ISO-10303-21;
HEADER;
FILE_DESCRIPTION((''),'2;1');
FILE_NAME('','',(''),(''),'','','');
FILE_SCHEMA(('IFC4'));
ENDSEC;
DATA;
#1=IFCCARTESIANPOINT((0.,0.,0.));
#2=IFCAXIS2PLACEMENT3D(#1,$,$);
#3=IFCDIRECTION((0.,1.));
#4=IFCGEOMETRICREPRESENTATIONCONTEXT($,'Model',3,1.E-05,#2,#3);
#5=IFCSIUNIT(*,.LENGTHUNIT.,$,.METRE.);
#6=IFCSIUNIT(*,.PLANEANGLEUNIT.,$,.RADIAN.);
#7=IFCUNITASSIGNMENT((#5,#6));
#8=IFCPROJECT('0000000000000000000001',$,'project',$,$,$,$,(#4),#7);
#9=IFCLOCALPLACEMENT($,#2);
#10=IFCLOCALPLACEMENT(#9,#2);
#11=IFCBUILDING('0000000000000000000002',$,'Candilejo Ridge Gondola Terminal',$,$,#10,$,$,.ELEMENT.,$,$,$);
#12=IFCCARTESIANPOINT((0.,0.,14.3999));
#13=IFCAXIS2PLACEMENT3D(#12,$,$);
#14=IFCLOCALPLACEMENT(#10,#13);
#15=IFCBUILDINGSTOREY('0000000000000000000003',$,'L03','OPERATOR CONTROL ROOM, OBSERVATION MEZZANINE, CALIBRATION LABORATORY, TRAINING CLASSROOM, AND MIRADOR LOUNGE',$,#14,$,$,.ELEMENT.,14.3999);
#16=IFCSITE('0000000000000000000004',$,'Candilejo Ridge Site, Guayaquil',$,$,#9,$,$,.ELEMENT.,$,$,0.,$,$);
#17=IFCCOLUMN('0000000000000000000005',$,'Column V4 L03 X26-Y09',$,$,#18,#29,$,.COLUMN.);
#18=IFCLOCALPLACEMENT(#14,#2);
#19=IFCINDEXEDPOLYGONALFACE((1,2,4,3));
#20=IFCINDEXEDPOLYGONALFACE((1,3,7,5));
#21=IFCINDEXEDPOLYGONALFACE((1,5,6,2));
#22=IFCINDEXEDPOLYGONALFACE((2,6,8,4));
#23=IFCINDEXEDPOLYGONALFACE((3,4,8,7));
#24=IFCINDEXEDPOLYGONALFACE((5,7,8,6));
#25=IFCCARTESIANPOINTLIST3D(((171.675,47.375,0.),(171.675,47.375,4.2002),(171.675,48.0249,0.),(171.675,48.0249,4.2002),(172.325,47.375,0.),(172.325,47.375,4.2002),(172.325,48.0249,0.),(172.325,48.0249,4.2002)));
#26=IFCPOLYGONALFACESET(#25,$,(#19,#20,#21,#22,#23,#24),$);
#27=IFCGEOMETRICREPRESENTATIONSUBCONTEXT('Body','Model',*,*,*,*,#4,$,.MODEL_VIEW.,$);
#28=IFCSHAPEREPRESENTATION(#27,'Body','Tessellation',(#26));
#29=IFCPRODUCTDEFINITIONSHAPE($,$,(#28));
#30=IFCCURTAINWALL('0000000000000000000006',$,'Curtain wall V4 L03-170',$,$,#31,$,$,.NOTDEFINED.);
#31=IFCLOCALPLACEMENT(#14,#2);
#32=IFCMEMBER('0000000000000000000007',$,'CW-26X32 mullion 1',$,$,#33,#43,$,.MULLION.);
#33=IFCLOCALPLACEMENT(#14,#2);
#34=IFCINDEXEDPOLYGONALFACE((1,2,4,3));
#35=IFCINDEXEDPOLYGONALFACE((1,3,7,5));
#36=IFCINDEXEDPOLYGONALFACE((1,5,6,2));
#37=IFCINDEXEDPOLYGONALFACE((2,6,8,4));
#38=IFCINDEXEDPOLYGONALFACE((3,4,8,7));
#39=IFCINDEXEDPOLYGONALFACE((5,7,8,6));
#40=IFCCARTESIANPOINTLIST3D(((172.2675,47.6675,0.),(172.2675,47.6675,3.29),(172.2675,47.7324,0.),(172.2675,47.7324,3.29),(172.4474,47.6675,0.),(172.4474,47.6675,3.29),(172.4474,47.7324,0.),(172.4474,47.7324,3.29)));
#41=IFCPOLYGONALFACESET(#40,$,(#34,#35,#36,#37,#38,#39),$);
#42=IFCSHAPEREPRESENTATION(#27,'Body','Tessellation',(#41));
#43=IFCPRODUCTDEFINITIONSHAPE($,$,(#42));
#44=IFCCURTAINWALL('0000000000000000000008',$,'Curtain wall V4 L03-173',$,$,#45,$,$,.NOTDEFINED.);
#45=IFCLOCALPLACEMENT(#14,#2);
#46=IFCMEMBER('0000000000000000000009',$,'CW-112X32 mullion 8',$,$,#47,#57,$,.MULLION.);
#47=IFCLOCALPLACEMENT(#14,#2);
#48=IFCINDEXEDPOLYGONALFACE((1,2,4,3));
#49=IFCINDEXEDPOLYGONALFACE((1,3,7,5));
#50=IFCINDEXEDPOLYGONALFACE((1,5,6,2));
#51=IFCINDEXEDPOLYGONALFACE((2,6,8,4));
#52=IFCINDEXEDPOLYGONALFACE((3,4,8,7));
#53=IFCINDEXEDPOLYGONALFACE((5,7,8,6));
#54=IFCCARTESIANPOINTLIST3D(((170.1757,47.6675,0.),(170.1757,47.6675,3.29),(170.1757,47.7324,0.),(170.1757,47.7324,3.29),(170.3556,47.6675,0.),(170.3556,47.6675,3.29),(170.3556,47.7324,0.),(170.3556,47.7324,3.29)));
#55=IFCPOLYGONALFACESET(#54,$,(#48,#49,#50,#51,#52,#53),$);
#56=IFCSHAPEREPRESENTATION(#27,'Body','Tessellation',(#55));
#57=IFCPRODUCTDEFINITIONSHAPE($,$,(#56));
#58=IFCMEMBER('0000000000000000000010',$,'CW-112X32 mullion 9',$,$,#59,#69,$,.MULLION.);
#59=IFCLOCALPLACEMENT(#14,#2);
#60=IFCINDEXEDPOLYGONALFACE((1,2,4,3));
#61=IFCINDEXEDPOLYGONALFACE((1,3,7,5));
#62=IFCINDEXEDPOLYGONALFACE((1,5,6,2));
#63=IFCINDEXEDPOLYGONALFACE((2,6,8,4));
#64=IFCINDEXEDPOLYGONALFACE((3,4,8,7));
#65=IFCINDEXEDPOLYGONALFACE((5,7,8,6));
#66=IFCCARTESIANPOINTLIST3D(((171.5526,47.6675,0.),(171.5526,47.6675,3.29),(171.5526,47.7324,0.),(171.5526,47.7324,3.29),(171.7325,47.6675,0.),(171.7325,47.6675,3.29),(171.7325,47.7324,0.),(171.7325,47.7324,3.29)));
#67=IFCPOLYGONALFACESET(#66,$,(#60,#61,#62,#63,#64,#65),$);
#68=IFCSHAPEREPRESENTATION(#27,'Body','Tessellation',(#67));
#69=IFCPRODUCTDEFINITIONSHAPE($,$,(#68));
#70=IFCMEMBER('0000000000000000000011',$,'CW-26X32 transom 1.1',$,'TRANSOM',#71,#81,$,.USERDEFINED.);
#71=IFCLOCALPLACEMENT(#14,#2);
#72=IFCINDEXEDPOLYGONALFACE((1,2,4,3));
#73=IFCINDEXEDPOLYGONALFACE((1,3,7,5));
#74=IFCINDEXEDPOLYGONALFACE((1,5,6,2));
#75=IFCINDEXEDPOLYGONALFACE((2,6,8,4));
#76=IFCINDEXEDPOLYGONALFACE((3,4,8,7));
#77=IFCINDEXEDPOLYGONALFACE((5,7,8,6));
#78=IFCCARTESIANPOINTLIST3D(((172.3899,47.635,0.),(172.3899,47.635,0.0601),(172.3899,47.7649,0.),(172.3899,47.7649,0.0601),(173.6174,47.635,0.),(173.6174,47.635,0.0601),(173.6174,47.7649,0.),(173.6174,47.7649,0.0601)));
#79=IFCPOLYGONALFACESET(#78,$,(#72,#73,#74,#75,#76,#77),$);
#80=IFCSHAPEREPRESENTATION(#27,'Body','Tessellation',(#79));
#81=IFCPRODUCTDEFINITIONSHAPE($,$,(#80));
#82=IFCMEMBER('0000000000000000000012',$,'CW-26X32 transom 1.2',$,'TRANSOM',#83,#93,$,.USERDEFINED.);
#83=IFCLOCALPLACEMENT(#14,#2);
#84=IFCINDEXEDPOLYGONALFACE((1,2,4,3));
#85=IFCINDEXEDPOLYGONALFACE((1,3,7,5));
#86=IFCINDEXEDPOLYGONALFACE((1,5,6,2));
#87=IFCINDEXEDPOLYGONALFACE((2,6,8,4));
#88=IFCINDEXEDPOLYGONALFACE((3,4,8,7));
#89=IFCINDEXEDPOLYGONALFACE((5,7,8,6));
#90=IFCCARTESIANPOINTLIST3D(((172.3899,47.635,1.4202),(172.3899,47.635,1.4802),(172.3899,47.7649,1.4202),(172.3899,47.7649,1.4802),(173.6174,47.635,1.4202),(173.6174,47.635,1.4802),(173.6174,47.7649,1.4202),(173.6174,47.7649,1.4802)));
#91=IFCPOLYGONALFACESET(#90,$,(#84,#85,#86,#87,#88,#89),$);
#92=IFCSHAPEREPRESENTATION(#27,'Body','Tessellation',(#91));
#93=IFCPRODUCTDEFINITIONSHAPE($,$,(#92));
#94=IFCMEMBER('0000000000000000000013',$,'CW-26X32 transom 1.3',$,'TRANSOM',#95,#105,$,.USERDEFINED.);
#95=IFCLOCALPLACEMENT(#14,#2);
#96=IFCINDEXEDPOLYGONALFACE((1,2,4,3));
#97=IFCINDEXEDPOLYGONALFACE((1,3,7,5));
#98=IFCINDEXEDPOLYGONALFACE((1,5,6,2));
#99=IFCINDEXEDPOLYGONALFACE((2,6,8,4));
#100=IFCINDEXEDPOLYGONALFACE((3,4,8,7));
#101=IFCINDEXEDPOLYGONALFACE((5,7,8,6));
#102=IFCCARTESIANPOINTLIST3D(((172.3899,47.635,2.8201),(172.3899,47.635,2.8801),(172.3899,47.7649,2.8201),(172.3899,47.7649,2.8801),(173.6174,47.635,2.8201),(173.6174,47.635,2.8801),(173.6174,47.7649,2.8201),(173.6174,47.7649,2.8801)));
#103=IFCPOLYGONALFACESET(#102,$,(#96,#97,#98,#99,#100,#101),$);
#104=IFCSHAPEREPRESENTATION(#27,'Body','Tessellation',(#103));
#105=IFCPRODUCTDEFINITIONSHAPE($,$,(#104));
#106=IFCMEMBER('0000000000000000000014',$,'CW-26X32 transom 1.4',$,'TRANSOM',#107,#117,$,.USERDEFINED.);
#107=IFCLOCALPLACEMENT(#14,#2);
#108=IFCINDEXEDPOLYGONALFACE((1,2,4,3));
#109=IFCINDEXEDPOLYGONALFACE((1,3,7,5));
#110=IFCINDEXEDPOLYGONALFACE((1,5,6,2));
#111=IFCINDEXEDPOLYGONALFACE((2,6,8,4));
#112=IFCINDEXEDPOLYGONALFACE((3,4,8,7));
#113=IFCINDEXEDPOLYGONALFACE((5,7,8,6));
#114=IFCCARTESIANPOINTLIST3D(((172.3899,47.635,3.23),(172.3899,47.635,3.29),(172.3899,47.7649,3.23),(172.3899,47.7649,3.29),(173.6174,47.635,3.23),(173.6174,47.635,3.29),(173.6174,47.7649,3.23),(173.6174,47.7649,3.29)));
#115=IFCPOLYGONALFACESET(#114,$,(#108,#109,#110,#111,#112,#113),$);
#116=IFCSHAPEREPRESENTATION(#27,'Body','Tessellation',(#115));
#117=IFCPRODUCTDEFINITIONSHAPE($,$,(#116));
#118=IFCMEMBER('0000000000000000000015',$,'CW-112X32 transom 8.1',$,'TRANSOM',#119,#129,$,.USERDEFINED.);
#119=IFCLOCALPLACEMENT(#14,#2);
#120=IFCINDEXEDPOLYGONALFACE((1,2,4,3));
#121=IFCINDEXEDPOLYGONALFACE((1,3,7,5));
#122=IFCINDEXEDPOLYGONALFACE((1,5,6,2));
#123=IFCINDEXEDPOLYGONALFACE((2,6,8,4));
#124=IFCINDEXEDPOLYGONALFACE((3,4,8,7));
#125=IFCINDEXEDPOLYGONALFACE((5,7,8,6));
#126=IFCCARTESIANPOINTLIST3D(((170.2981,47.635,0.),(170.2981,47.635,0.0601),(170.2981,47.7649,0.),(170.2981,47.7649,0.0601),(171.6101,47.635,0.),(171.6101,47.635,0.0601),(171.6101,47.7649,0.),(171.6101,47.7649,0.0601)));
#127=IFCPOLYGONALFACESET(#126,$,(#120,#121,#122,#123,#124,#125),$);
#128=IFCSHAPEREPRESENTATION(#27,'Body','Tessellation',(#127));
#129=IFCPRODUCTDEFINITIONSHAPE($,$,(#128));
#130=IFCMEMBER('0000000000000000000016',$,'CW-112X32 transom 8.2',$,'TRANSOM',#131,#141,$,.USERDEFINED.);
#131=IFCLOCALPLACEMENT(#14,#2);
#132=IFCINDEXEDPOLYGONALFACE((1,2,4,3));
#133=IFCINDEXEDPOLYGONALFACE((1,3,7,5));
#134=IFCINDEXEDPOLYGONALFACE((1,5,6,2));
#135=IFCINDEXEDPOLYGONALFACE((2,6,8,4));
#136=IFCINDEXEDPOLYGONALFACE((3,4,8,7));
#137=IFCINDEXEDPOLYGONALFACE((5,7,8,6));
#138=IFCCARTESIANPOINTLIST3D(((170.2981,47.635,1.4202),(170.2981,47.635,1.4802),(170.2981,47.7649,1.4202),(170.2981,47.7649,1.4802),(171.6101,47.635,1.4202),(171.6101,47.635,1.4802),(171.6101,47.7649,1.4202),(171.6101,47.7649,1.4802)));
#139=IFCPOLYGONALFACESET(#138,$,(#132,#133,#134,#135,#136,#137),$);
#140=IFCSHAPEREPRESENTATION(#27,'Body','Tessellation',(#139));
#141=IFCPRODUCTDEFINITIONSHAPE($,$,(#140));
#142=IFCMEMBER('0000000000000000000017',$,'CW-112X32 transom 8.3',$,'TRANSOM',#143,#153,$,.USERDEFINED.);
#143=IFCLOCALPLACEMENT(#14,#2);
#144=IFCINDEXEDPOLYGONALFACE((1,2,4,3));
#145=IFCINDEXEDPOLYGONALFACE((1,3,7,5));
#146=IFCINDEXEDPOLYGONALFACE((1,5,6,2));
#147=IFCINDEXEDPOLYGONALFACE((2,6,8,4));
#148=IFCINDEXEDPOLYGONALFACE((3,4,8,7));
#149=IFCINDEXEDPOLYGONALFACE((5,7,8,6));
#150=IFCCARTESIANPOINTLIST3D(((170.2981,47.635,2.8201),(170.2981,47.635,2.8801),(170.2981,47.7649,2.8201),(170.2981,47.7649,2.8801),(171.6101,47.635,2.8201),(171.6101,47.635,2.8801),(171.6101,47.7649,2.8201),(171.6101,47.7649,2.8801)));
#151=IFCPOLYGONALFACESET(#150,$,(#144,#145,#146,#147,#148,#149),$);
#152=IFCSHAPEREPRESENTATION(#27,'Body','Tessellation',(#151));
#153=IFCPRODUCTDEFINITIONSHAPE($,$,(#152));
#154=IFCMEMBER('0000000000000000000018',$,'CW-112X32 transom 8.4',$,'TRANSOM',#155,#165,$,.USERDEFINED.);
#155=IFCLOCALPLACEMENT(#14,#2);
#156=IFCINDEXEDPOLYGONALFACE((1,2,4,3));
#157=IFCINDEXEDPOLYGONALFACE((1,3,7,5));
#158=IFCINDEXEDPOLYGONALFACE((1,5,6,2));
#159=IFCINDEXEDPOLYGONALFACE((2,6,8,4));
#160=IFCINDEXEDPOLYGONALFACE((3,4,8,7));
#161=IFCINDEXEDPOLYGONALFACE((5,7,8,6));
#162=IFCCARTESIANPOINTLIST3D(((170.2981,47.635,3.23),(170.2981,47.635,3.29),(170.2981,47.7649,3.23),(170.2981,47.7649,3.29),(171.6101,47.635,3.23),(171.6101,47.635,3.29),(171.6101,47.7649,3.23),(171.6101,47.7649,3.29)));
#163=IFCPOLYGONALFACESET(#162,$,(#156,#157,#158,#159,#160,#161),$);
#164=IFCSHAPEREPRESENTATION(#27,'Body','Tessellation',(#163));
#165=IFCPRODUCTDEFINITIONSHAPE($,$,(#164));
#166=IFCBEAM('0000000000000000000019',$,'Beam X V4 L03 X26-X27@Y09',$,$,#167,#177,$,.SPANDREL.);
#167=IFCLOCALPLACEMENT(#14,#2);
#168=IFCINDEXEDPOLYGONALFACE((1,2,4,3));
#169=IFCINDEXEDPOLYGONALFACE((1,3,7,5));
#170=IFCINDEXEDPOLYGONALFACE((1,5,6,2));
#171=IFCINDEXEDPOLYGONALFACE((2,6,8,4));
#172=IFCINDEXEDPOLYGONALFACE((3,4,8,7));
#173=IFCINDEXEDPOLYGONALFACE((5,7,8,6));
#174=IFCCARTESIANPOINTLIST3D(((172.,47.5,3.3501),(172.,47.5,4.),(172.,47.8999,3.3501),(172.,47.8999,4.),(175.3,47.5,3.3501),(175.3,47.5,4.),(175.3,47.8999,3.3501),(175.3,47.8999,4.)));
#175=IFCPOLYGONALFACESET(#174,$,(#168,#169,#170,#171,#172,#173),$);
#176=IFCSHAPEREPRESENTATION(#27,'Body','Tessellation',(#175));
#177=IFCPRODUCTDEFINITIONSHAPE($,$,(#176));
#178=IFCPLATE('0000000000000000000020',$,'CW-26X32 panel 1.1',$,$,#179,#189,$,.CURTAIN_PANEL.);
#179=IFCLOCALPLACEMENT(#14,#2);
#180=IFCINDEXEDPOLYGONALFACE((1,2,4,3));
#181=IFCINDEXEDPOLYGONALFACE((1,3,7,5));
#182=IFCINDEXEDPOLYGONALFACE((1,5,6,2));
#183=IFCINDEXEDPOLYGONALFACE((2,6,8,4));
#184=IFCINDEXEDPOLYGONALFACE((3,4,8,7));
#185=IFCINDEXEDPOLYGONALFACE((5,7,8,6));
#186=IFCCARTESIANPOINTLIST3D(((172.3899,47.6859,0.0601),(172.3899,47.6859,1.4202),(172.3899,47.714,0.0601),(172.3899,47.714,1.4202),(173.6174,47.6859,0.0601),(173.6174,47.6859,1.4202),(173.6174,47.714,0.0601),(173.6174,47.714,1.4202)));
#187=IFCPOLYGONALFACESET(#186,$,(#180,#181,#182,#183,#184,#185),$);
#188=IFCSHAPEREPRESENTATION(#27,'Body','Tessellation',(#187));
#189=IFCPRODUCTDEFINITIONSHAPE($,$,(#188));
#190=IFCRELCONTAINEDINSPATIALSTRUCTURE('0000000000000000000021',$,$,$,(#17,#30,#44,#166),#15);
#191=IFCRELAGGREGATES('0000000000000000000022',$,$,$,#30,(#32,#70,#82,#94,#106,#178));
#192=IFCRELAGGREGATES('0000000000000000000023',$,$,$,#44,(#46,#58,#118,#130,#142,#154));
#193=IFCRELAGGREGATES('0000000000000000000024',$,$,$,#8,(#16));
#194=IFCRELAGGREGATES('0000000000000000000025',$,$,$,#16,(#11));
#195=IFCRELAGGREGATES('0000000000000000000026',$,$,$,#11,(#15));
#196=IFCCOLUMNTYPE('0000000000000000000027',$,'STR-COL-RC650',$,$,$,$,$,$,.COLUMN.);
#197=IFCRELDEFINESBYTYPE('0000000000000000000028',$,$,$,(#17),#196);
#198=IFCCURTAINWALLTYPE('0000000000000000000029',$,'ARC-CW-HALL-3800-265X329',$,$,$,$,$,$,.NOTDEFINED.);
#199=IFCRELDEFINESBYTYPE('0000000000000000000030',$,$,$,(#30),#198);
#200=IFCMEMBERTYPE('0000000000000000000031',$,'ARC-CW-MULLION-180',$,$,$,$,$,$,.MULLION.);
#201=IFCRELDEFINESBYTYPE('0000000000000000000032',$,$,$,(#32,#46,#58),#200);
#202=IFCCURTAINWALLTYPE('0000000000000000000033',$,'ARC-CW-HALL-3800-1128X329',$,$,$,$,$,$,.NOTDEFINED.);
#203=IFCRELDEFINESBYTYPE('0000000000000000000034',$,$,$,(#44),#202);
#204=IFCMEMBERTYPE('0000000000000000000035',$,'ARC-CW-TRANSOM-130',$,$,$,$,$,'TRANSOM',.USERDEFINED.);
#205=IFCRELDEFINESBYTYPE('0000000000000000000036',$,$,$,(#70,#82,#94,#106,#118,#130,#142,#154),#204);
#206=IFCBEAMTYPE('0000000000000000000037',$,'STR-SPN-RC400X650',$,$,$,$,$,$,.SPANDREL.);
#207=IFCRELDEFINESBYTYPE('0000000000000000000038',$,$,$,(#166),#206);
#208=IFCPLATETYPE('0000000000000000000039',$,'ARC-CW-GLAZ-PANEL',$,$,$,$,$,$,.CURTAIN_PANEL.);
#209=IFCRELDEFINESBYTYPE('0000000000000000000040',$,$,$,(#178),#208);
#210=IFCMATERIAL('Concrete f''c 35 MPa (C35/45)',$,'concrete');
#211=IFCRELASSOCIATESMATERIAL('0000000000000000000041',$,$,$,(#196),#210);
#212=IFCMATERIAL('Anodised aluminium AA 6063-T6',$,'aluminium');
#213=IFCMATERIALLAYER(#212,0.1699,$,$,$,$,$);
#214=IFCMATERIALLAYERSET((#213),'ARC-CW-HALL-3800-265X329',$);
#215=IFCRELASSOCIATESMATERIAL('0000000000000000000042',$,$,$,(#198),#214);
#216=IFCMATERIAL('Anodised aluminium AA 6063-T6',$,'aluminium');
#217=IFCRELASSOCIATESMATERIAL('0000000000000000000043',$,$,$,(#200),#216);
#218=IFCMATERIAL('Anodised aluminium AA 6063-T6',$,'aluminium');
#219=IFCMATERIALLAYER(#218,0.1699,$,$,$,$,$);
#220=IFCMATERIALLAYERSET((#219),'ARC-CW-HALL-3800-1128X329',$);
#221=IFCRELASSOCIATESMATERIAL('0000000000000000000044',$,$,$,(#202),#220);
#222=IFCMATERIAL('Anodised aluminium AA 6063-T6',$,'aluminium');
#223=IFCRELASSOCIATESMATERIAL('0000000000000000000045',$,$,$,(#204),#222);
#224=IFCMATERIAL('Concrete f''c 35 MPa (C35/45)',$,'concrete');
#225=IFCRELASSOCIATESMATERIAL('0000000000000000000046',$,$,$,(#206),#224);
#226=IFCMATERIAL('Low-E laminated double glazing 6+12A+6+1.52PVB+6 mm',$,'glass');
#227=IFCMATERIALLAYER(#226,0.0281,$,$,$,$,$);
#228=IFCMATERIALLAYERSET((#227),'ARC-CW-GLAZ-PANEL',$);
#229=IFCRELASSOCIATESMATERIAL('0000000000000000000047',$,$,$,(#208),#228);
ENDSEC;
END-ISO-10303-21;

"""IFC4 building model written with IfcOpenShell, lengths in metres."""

from ifc_helpers import new_model, si_unit, direction, frame, origin, origin_2d, place, context, subcontext, project, spatial, rectangle, extrude, material, layer, layer_set, material_profile, profile_set, type_object, element, aggregate, save


model = new_model("IFC4")

# Units and contexts
model_context = context("Model", 3, precision=1e-05, world=origin(), true_north=direction((0.0, 1.0)))
body_context = subcontext(model_context, "Body", "Model", "MODEL_VIEW")
ifc_project = project(units=[si_unit("LENGTHUNIT", "METRE"), si_unit("PLANEANGLEUNIT", "RADIAN")], contexts=[model_context])

# Site, building, storey
site_placement = place(None, origin())
site = spatial("IfcSite", under=ifc_project, at=site_placement, Name="Candilejo Ridge Site, Guayaquil", CompositionType="ELEMENT", RefElevation=0.0)
building_placement = place(site_placement, origin())
building = spatial("IfcBuilding", under=site, at=building_placement, Name="Candilejo Ridge Gondola Terminal", CompositionType="ELEMENT")
storey_placement = place(building_placement, frame((0.0, 0.0, 14.3999)))
storey = spatial("IfcBuildingStorey", under=building, at=storey_placement, Name="L03", Description="OPERATOR CONTROL ROOM, OBSERVATION MEZZANINE, CALIBRATION LABORATORY, TRAINING CLASSROOM, AND MIRADOR LOUNGE", CompositionType="ELEMENT", Elevation=14.3999)

# Column
ifc_material_1 = material(Name="Concrete f'c 35 MPa (C35/45)", Category="concrete")
ifc_material_profile_1 = material_profile(ifc_material_1, rectangle(XDim=0.6499, YDim=0.6499, at=origin_2d()))
ifc_profile_set_1 = profile_set([ifc_material_profile_1], Name="Concrete f'c 35 MPa (C35/45)")
column_type = type_object("IfcColumnType", Name="STR-COL-RC650", PredefinedType="COLUMN", material=ifc_profile_set_1)
column_placement = place(storey_placement, frame((172.0, 47.7, 0.0), z_axis=(0.0, 0.0, 1.0), x_axis=(1.0, 0.0, 0.0)))
element("IfcColumn", 1, at=column_placement, inside=storey, type_object=column_type, Name="Column V4 L03 X26-Y09", PredefinedType="COLUMN", context=body_context, shape_type="SweptSolid", body=[
    extrude(rectangle(XDim=0.6499, YDim=0.6499, at=origin_2d()), origin(), (0.0, 0.0, 1.0), 4.2002),
])

# Curtain wall, member
ifc_material_2 = material(Name="Anodised aluminium AA 6063-T6", Category="aluminium")
ifc_layer_1 = layer(ifc_material_2, 0.1699)
ifc_layer_set_1 = layer_set([ifc_layer_1], Name="ARC-CW-HALL-3800-265X329")
curtain_wall_type_1 = type_object("IfcCurtainWallType", Name="ARC-CW-HALL-3800-265X329", PredefinedType="NOTDEFINED", material=ifc_layer_set_1)
curtain_wall_1_placement = place(storey_placement, origin())
curtain_wall_1 = element("IfcCurtainWall", 2, at=curtain_wall_1_placement, inside=storey, type_object=curtain_wall_type_1, Name="Curtain wall V4 L03-170", PredefinedType="NOTDEFINED")
ifc_material_3 = material(Name="Anodised aluminium AA 6063-T6", Category="aluminium")
ifc_material_profile_2 = material_profile(ifc_material_3, rectangle(XDim=0.0649, YDim=0.1799, at=origin_2d()))
ifc_profile_set_2 = profile_set([ifc_material_profile_2], Name="Anodised aluminium AA 6063-T6")
member_type_1 = type_object("IfcMemberType", Name="ARC-CW-MULLION-180", PredefinedType="MULLION", material=ifc_profile_set_2)
member_1_placement = place(storey_placement, frame((172.3574, 47.7, 0.0), z_axis=(0.0, 0.0, 1.0), x_axis=(0.0, 1.0, 0.0)))
member_1 = element("IfcMember", 3, at=member_1_placement, type_object=member_type_1, Name="CW-26X32 mullion 1", PredefinedType="MULLION", context=body_context, shape_type="SweptSolid", body=[
    extrude(rectangle(XDim=0.0649, YDim=0.1799, at=origin_2d()), origin(), (0.0, 0.0, 1.0), 3.29),
])

# Curtain wall, members
ifc_material_4 = material(Name="Anodised aluminium AA 6063-T6", Category="aluminium")
ifc_layer_2 = layer(ifc_material_4, 0.1699)
ifc_layer_set_2 = layer_set([ifc_layer_2], Name="ARC-CW-HALL-3800-1128X329")
curtain_wall_type_2 = type_object("IfcCurtainWallType", Name="ARC-CW-HALL-3800-1128X329", PredefinedType="NOTDEFINED", material=ifc_layer_set_2)
curtain_wall_2_placement = place(storey_placement, origin())
curtain_wall_2 = element("IfcCurtainWall", 4, at=curtain_wall_2_placement, inside=storey, type_object=curtain_wall_type_2, Name="Curtain wall V4 L03-173", PredefinedType="NOTDEFINED")
member_2_placement = place(storey_placement, frame((170.2656, 47.7, 0.0), z_axis=(0.0, 0.0, 1.0), x_axis=(0.0, 1.0, 0.0)))
member_2 = element("IfcMember", 5, at=member_2_placement, type_object=member_type_1, Name="CW-112X32 mullion 8", PredefinedType="MULLION", context=body_context, shape_type="SweptSolid", body=[
    extrude(rectangle(XDim=0.0649, YDim=0.1799, at=origin_2d()), origin(), (0.0, 0.0, 1.0), 3.29),
])
member_3_placement = place(storey_placement, frame((171.6426, 47.7, 0.0), z_axis=(0.0, 0.0, 1.0), x_axis=(0.0, 1.0, 0.0)))
member_3 = element("IfcMember", 6, at=member_3_placement, type_object=member_type_1, Name="CW-112X32 mullion 9", PredefinedType="MULLION", context=body_context, shape_type="SweptSolid", body=[
    extrude(rectangle(XDim=0.0649, YDim=0.1799, at=origin_2d()), origin(), (0.0, 0.0, 1.0), 3.29),
])

# Members
ifc_material_5 = material(Name="Anodised aluminium AA 6063-T6", Category="aluminium")
ifc_material_profile_3 = material_profile(ifc_material_5, rectangle(XDim=0.1299, YDim=0.0601, at=origin_2d()))
ifc_profile_set_3 = profile_set([ifc_material_profile_3], Name="Anodised aluminium AA 6063-T6")
member_type_2 = type_object("IfcMemberType", Name="ARC-CW-TRANSOM-130", ElementType="TRANSOM", PredefinedType="USERDEFINED", material=ifc_profile_set_3)
member_4_placement = place(storey_placement, frame((172.3899, 47.7, 0.03), z_axis=(1.0, 0.0, 0.0), x_axis=(0.0, 1.0, 0.0)))
member_4 = element("IfcMember", 7, at=member_4_placement, type_object=member_type_2, Name="CW-26X32 transom 1.1", ObjectType="TRANSOM", PredefinedType="USERDEFINED", context=body_context, shape_type="SweptSolid", body=[
    extrude(rectangle(XDim=0.1299, YDim=0.0601, at=origin_2d()), origin(), (0.0, 0.0, 1.0), 1.2275),
])
member_5_placement = place(storey_placement, frame((172.3899, 47.7, 1.4502), z_axis=(1.0, 0.0, 0.0), x_axis=(0.0, 1.0, 0.0)))
member_5 = element("IfcMember", 8, at=member_5_placement, type_object=member_type_2, Name="CW-26X32 transom 1.2", ObjectType="TRANSOM", PredefinedType="USERDEFINED", context=body_context, shape_type="SweptSolid", body=[
    extrude(rectangle(XDim=0.1299, YDim=0.0601, at=origin_2d()), origin(), (0.0, 0.0, 1.0), 1.2275),
])
member_6_placement = place(storey_placement, frame((172.3899, 47.7, 2.8501), z_axis=(1.0, 0.0, 0.0), x_axis=(0.0, 1.0, 0.0)))
member_6 = element("IfcMember", 9, at=member_6_placement, type_object=member_type_2, Name="CW-26X32 transom 1.3", ObjectType="TRANSOM", PredefinedType="USERDEFINED", context=body_context, shape_type="SweptSolid", body=[
    extrude(rectangle(XDim=0.1299, YDim=0.0601, at=origin_2d()), origin(), (0.0, 0.0, 1.0), 1.2275),
])
member_7_placement = place(storey_placement, frame((172.3899, 47.7, 3.26), z_axis=(1.0, 0.0, 0.0), x_axis=(0.0, 1.0, 0.0)))
member_7 = element("IfcMember", 10, at=member_7_placement, type_object=member_type_2, Name="CW-26X32 transom 1.4", ObjectType="TRANSOM", PredefinedType="USERDEFINED", context=body_context, shape_type="SweptSolid", body=[
    extrude(rectangle(XDim=0.1299, YDim=0.0601, at=origin_2d()), origin(), (0.0, 0.0, 1.0), 1.2275),
])
member_8_placement = place(storey_placement, frame((170.2981, 47.7, 0.03), z_axis=(1.0, 0.0, 0.0), x_axis=(0.0, 1.0, 0.0)))
member_8 = element("IfcMember", 11, at=member_8_placement, type_object=member_type_2, Name="CW-112X32 transom 8.1", ObjectType="TRANSOM", PredefinedType="USERDEFINED", context=body_context, shape_type="SweptSolid", body=[
    extrude(rectangle(XDim=0.1299, YDim=0.0601, at=origin_2d()), origin(), (0.0, 0.0, 1.0), 1.312),
])
member_9_placement = place(storey_placement, frame((170.2981, 47.7, 1.4502), z_axis=(1.0, 0.0, 0.0), x_axis=(0.0, 1.0, 0.0)))
member_9 = element("IfcMember", 12, at=member_9_placement, type_object=member_type_2, Name="CW-112X32 transom 8.2", ObjectType="TRANSOM", PredefinedType="USERDEFINED", context=body_context, shape_type="SweptSolid", body=[
    extrude(rectangle(XDim=0.1299, YDim=0.0601, at=origin_2d()), origin(), (0.0, 0.0, 1.0), 1.312),
])
member_10_placement = place(storey_placement, frame((170.2981, 47.7, 2.8501), z_axis=(1.0, 0.0, 0.0), x_axis=(0.0, 1.0, 0.0)))
member_10 = element("IfcMember", 13, at=member_10_placement, type_object=member_type_2, Name="CW-112X32 transom 8.3", ObjectType="TRANSOM", PredefinedType="USERDEFINED", context=body_context, shape_type="SweptSolid", body=[
    extrude(rectangle(XDim=0.1299, YDim=0.0601, at=origin_2d()), origin(), (0.0, 0.0, 1.0), 1.312),
])
member_11_placement = place(storey_placement, frame((170.2981, 47.7, 3.26), z_axis=(1.0, 0.0, 0.0), x_axis=(0.0, 1.0, 0.0)))
member_11 = element("IfcMember", 14, at=member_11_placement, type_object=member_type_2, Name="CW-112X32 transom 8.4", ObjectType="TRANSOM", PredefinedType="USERDEFINED", context=body_context, shape_type="SweptSolid", body=[
    extrude(rectangle(XDim=0.1299, YDim=0.0601, at=origin_2d()), origin(), (0.0, 0.0, 1.0), 1.312),
])

# Beam
ifc_material_6 = material(Name="Concrete f'c 35 MPa (C35/45)", Category="concrete")
ifc_material_profile_4 = material_profile(ifc_material_6, rectangle(XDim=0.3999, YDim=0.6499, at=origin_2d()))
ifc_profile_set_4 = profile_set([ifc_material_profile_4], Name="Concrete f'c 35 MPa (C35/45)")
beam_type = type_object("IfcBeamType", Name="STR-SPN-RC400X650", PredefinedType="SPANDREL", material=ifc_profile_set_4)
beam_placement = place(storey_placement, frame((172.0, 47.7, 3.675), z_axis=(1.0, 0.0, 0.0), x_axis=(0.0, 1.0, 0.0)))
element("IfcBeam", 15, at=beam_placement, inside=storey, type_object=beam_type, Name="Beam X V4 L03 X26-X27@Y09", PredefinedType="SPANDREL", context=body_context, shape_type="SweptSolid", body=[
    extrude(rectangle(XDim=0.3999, YDim=0.6499, at=origin_2d()), origin(), (0.0, 0.0, 1.0), 3.3),
])

# Plate
ifc_material_7 = material(Name="Low-E laminated double glazing 6+12A+6+1.52PVB+6 mm", Category="glass")
ifc_layer_3 = layer(ifc_material_7, 0.0281)
ifc_layer_set_3 = layer_set([ifc_layer_3], Name="ARC-CW-GLAZ-PANEL")
plate_type_1 = type_object("IfcPlateType", Name="ARC-CW-GLAZ-PANEL", PredefinedType="CURTAIN_PANEL", material=ifc_layer_set_3)
plate_1_placement = place(storey_placement, frame((173.0037, 47.7, 0.0601), z_axis=(0.0, 0.0, 1.0), x_axis=(1.0, 0.0, 0.0)))
plate_1 = element("IfcPlate", 16, at=plate_1_placement, type_object=plate_type_1, Name="CW-26X32 panel 1.1", PredefinedType="CURTAIN_PANEL", context=body_context, shape_type="SweptSolid", body=[
    extrude(rectangle(XDim=1.2275, YDim=0.0281, at=origin_2d()), origin(), (0.0, 0.0, 1.0), 1.3601),
])
aggregate(curtain_wall_1, [member_1, member_4, member_5, member_6, member_7, plate_1])
aggregate(curtain_wall_2, [member_2, member_3, member_8, member_9, member_10, member_11])

save(model, "model.ifc")
